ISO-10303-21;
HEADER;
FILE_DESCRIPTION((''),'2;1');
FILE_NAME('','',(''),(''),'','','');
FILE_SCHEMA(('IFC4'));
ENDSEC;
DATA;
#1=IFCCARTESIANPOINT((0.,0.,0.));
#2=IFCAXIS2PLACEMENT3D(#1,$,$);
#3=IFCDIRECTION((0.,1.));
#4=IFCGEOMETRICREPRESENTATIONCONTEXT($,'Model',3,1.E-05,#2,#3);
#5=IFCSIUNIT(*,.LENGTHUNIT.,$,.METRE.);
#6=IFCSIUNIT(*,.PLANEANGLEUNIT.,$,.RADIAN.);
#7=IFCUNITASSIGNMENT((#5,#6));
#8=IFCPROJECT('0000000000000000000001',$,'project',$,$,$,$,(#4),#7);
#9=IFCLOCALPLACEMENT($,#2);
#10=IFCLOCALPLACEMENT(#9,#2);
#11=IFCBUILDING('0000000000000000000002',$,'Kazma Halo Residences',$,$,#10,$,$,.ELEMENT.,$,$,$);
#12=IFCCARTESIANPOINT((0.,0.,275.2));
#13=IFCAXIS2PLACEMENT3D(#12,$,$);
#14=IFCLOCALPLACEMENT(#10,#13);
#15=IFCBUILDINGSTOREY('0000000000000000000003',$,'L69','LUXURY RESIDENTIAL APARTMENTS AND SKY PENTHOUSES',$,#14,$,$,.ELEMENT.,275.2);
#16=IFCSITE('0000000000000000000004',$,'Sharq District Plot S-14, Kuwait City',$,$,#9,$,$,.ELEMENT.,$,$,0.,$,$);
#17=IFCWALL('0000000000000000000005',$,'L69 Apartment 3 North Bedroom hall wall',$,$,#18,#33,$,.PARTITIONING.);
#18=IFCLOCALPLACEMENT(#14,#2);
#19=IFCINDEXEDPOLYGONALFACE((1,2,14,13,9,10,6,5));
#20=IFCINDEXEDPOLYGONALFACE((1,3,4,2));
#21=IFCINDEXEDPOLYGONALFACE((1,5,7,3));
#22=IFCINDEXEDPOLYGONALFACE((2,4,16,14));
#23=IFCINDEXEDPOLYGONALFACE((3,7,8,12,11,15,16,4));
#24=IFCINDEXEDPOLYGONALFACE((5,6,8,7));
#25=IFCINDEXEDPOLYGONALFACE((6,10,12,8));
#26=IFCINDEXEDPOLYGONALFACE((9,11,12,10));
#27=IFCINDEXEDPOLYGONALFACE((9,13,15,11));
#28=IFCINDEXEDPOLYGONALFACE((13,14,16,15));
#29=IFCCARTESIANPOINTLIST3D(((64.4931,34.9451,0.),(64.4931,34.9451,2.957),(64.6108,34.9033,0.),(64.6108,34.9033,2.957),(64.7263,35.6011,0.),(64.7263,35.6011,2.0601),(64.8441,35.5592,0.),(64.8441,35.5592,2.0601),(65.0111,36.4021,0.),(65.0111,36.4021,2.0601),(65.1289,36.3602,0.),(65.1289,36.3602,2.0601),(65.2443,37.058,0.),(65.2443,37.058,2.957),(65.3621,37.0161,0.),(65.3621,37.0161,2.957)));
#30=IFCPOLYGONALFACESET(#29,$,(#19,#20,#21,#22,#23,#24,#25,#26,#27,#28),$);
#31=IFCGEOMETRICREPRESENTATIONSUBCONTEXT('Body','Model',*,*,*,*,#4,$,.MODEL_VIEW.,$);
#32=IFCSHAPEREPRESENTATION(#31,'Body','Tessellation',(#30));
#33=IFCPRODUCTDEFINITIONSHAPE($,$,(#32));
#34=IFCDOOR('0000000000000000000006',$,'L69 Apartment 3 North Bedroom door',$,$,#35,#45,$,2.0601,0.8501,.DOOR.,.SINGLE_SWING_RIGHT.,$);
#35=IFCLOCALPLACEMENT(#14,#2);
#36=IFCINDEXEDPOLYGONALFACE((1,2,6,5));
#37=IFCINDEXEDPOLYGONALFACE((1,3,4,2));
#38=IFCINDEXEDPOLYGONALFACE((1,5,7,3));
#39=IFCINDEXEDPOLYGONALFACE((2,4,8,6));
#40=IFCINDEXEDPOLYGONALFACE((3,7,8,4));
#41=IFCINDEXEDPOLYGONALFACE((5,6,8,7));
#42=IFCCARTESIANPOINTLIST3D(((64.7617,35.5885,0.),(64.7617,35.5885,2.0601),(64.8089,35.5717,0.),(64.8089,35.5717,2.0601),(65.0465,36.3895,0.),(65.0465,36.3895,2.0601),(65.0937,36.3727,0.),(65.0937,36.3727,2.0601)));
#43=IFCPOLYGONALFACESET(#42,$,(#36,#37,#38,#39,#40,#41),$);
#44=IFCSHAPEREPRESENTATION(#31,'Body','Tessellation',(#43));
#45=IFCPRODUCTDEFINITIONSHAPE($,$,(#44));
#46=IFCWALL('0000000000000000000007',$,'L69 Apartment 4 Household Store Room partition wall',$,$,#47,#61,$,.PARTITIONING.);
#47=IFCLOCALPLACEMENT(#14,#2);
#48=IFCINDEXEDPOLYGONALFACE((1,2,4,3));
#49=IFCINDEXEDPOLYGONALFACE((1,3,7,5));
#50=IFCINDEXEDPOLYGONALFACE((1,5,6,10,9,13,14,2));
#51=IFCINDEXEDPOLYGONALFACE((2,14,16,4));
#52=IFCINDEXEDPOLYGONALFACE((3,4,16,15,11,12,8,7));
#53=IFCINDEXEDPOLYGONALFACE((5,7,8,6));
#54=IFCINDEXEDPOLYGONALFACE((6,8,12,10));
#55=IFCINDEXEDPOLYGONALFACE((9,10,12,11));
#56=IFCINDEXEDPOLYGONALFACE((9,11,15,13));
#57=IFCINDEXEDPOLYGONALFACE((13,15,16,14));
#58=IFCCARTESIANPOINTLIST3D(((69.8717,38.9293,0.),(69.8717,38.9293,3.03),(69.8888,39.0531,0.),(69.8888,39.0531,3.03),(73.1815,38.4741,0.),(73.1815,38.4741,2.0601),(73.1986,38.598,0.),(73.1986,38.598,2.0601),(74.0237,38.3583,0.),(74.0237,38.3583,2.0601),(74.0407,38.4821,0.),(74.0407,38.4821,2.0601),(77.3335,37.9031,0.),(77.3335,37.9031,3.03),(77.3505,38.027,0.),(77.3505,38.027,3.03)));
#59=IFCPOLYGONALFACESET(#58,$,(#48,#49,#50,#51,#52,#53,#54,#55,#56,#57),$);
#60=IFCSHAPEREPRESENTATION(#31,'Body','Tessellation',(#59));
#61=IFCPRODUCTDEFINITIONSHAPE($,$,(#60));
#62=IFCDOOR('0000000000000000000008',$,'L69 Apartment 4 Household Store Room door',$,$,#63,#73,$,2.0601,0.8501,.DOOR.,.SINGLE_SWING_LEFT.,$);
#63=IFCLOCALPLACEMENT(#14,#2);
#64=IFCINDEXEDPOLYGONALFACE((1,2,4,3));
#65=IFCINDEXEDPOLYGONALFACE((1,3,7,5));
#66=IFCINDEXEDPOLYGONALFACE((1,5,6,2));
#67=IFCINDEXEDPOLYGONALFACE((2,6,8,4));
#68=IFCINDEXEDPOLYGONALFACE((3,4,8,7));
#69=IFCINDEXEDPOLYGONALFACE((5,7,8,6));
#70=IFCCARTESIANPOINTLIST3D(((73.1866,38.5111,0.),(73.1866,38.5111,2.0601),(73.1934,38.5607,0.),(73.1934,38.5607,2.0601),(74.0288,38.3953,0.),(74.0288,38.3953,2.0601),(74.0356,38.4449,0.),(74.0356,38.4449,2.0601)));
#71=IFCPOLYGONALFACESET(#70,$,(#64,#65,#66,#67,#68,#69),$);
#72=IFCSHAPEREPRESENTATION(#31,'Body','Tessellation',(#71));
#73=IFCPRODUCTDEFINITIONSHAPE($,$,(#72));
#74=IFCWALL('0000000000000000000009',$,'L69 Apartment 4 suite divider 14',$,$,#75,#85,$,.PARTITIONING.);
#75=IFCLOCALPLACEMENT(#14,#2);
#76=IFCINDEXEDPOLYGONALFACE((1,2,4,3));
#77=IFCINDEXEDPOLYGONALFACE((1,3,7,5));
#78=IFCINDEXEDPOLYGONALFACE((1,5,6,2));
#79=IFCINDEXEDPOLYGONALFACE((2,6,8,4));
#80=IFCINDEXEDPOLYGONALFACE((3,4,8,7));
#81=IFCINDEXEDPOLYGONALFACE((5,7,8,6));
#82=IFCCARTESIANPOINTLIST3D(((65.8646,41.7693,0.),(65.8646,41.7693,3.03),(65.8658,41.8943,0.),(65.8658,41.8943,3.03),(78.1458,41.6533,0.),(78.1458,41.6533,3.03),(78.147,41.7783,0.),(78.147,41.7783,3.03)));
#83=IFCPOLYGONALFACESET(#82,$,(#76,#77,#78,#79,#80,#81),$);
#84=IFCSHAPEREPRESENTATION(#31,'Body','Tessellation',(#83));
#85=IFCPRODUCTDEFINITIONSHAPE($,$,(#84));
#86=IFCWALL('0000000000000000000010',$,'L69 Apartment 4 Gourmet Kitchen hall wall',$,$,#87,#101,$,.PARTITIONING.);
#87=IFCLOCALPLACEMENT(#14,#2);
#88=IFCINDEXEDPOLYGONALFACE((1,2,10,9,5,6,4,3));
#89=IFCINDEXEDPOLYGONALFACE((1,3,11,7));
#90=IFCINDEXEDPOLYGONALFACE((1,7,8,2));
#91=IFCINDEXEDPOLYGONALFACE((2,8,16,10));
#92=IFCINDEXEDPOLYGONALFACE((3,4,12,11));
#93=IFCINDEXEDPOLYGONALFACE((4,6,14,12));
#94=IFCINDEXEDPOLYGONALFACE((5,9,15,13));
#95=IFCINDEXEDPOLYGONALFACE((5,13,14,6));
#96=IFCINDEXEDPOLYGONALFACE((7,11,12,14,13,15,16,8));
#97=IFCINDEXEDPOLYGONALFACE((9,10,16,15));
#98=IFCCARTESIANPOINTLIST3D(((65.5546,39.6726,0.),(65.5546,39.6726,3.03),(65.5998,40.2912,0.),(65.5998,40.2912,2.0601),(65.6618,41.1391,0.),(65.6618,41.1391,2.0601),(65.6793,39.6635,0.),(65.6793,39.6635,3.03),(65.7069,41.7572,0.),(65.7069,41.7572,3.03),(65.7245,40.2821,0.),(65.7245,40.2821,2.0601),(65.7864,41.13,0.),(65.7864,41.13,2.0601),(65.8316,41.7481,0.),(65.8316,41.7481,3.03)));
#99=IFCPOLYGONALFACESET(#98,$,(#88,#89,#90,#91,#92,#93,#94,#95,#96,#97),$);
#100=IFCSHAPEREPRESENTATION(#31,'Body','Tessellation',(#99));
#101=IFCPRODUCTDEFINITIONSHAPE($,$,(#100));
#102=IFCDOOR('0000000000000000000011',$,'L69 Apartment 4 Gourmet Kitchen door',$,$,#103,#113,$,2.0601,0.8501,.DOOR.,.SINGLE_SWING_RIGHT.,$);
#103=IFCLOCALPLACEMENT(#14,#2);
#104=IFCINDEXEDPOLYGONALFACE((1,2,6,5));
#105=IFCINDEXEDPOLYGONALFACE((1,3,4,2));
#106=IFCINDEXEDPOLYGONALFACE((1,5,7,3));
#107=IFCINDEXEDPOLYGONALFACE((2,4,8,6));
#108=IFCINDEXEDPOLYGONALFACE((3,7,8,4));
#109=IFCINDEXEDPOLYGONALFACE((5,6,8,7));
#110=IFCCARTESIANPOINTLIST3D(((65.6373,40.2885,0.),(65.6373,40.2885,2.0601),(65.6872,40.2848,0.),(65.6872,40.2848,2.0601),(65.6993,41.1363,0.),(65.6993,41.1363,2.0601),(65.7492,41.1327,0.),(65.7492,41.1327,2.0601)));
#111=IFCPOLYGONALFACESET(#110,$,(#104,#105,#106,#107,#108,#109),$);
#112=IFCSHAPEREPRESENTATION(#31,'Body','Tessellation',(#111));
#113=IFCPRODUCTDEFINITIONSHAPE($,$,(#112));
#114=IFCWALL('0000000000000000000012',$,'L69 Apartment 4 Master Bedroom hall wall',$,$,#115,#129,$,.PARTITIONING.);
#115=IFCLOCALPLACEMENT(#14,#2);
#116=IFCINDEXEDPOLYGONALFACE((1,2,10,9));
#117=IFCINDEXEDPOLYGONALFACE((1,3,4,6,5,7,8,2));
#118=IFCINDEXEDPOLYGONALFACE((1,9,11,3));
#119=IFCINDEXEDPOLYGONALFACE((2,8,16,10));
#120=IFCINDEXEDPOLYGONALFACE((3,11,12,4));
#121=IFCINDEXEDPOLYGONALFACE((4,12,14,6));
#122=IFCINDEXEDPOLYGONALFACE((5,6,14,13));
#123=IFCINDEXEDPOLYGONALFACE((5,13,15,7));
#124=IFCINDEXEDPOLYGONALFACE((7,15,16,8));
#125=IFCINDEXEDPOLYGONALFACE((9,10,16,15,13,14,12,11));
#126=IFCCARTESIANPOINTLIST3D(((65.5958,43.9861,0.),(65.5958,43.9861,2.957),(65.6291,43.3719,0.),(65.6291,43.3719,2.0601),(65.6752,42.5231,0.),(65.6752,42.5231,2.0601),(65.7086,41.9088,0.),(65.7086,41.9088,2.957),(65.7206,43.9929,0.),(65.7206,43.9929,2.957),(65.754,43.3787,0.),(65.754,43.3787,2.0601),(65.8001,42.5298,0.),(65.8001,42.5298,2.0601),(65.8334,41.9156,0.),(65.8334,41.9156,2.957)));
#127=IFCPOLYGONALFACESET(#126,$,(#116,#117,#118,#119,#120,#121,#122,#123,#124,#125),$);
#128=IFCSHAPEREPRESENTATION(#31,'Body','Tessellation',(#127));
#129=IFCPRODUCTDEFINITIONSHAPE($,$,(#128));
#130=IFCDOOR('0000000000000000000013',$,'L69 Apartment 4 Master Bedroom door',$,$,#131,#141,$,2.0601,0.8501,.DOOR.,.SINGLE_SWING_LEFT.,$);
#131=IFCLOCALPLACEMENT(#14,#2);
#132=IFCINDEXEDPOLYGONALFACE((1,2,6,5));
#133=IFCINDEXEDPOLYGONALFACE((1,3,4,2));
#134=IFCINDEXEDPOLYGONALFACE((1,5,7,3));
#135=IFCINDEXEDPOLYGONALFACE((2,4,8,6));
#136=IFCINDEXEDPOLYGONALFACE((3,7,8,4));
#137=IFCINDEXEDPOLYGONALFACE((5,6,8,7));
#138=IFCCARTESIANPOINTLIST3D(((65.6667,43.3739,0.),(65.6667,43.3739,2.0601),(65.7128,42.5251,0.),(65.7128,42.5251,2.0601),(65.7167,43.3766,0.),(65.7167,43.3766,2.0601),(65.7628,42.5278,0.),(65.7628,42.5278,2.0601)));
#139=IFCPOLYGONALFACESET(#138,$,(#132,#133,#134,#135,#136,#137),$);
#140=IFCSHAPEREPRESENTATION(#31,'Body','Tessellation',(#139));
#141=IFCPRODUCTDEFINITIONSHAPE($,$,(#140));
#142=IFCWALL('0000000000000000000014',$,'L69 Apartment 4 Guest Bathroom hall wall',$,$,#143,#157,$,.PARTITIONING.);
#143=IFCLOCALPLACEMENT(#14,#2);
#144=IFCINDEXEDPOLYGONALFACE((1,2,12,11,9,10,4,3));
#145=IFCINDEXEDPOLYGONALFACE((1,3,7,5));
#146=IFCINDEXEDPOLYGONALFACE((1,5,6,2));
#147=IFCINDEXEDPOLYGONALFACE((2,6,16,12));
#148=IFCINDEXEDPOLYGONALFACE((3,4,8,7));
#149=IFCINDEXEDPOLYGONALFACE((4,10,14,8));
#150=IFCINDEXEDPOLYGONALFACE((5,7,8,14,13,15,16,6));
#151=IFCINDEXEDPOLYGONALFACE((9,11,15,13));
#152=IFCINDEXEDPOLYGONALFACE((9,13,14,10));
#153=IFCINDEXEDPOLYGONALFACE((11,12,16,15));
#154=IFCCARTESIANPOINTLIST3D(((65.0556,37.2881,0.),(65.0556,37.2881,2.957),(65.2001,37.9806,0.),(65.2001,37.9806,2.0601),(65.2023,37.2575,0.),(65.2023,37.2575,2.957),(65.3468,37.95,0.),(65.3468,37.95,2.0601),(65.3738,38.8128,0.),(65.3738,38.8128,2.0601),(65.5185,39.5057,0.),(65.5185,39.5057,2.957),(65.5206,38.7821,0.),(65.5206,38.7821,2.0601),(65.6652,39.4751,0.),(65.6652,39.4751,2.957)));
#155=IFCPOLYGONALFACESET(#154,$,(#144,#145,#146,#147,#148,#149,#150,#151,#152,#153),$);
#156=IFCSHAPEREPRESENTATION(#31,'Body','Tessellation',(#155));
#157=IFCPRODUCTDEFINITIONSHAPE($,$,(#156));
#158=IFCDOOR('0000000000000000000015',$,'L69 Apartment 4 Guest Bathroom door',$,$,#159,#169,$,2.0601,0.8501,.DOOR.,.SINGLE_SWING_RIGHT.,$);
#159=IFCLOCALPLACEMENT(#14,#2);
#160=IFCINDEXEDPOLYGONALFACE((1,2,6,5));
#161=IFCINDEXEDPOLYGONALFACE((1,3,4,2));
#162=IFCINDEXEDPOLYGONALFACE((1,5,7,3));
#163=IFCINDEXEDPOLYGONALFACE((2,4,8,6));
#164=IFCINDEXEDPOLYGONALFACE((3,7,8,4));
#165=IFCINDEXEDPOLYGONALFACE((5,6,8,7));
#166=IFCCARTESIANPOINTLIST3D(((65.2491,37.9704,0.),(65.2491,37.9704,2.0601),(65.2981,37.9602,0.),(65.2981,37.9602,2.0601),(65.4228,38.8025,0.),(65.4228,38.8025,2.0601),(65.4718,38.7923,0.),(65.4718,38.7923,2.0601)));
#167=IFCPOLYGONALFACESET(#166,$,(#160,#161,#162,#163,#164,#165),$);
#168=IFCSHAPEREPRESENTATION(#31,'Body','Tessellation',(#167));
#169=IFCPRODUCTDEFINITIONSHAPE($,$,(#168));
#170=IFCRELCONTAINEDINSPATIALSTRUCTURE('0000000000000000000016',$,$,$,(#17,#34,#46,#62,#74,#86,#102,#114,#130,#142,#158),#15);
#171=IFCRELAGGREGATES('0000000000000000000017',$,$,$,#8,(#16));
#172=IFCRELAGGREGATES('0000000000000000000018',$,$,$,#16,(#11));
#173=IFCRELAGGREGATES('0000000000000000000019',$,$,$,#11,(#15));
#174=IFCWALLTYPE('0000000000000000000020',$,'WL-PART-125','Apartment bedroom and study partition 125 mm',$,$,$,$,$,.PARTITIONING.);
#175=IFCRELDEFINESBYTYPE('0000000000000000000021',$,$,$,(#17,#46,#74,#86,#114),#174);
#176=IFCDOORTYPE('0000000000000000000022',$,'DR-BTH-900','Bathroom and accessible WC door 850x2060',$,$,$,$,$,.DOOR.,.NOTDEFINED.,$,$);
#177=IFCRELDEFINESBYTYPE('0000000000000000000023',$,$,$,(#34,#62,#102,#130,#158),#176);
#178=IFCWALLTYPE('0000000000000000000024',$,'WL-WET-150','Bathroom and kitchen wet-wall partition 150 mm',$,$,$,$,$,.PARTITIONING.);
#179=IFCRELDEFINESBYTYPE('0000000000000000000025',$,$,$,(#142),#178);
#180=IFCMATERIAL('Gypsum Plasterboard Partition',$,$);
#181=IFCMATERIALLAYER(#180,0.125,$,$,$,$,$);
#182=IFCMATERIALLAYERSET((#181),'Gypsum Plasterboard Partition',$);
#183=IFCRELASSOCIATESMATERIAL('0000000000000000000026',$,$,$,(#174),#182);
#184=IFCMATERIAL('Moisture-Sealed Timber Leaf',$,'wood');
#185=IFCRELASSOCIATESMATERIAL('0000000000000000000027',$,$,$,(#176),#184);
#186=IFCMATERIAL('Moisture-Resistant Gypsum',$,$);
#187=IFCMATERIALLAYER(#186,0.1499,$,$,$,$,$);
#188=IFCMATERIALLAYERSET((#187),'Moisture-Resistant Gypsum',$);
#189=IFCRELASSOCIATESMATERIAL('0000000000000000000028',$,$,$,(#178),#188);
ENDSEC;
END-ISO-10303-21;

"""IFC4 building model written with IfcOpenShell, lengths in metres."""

from ifc_helpers import new_model, si_unit, direction, frame, frame_2d, origin, place, context, subcontext, project, spatial, rectangle, extrude, material, layer, layer_set, type_object, element, fill, save


model = new_model("IFC4")

# Units and contexts
model_context = context("Model", 3, precision=1e-05, world=origin(), true_north=direction((0.0, 1.0)))
body_context = subcontext(model_context, "Body", "Model", "MODEL_VIEW")
ifc_project = project(units=[si_unit("LENGTHUNIT", "METRE"), si_unit("PLANEANGLEUNIT", "RADIAN")], contexts=[model_context])

# Site, building, storey
site_placement = place(None, origin())
site = spatial("IfcSite", under=ifc_project, at=site_placement, Name="Sharq District Plot S-14, Kuwait City", CompositionType="ELEMENT", RefElevation=0.0)
building_placement = place(site_placement, origin())
building = spatial("IfcBuilding", under=site, at=building_placement, Name="Kazma Halo Residences", CompositionType="ELEMENT")
storey_placement = place(building_placement, frame((0.0, 0.0, 275.2)))
storey = spatial("IfcBuildingStorey", under=building, at=storey_placement, Name="L69", Description="LUXURY RESIDENTIAL APARTMENTS AND SKY PENTHOUSES", CompositionType="ELEMENT", Elevation=275.2)

# Shared definitions
ifc_material_1 = material(Name="Gypsum Plasterboard Partition")
ifc_layer_1 = layer(ifc_material_1, 0.125)
ifc_layer_set_1 = layer_set([ifc_layer_1], Name="Gypsum Plasterboard Partition")
wall_type_1 = type_object("IfcWallType", Name="WL-PART-125", Description="Apartment bedroom and study partition 125 mm", PredefinedType="PARTITIONING", material=ifc_layer_set_1)

# Walls, openings, doors
wall_1_placement = place(storey_placement, frame((64.552, 34.9243, 0.0), z_axis=(0.0, 0.0, 1.0), x_axis=(0.335012, 0.942214, 0.0)))
wall_1 = element("IfcWall", 1, at=wall_1_placement, inside=storey, type_object=wall_type_1, Name="L69 Apartment 3 North Bedroom hall wall", PredefinedType="PARTITIONING", context=body_context, shape_type="SweptSolid", body=[
    extrude(rectangle(XDim=2.2424, YDim=0.125, at=frame_2d((1.1211, 0.0))), origin(), (0.0, 0.0, 1.0), 2.957),
])
opening_1_placement = place(wall_1_placement, frame((0.696, 0.0, 0.0)))
opening_1 = element("IfcOpeningElement", 2, at=opening_1_placement, cuts=wall_1, PredefinedType="OPENING", context=body_context, shape_type="SweptSolid", body=[
    extrude(rectangle(XDim=0.8501, YDim=2.0601, at=frame_2d((0.425, 1.03))), frame((0.0, 0.0725, 0.0), z_axis=(0.0, -1.0, 0.0), x_axis=(1.0, 0.0, 0.0)), (0.0, 0.0, 1.0), 0.145),
])
ifc_material_2 = material(Name="Moisture-Sealed Timber Leaf", Category="wood")
door_type = type_object("IfcDoorType", Name="DR-BTH-900", Description="Bathroom and accessible WC door 850x2060", OperationType="NOTDEFINED", PredefinedType="DOOR", material=ifc_material_2)
door_1_placement = place(opening_1_placement, origin())
door_1 = element("IfcDoor", 3, at=door_1_placement, inside=storey, type_object=door_type, Name="L69 Apartment 3 North Bedroom door", OperationType="SINGLE_SWING_RIGHT", OverallHeight=2.0601, OverallWidth=0.8501, PredefinedType="DOOR", context=body_context, shape_type="SweptSolid", body=[
    extrude(rectangle(XDim=0.8501, YDim=2.0601, at=frame_2d((0.425, 1.03))), frame((0.0, 0.0249, 0.0), z_axis=(0.0, -1.0, 0.0), x_axis=(1.0, 0.0, 0.0)), (0.0, 0.0, 1.0), 0.05),
])
fill(opening_1, door_1)
wall_2_placement = place(storey_placement, frame((69.8801, 38.9912, 0.0), z_axis=(0.0, 0.0, 1.0), x_axis=(0.990676, -0.136237, 0.0)))
wall_2 = element("IfcWall", 4, at=wall_2_placement, inside=storey, type_object=wall_type_1, Name="L69 Apartment 4 Household Store Room partition wall", PredefinedType="PARTITIONING", context=body_context, shape_type="SweptSolid", body=[
    extrude(rectangle(XDim=7.532, YDim=0.125, at=frame_2d((3.7661, 0.0))), origin(), (0.0, 0.0, 1.0), 3.03),
])
opening_2_placement = place(wall_2_placement, frame((3.3411, 0.0, 0.0)))
opening_2 = element("IfcOpeningElement", 5, at=opening_2_placement, cuts=wall_2, PredefinedType="OPENING", context=body_context, shape_type="SweptSolid", body=[
    extrude(rectangle(XDim=0.8501, YDim=2.0601, at=frame_2d((0.425, 1.03))), frame((0.0, 0.0725, 0.0), z_axis=(0.0, -1.0, 0.0), x_axis=(1.0, 0.0, 0.0)), (0.0, 0.0, 1.0), 0.145),
])
door_2_placement = place(opening_2_placement, origin())
door_2 = element("IfcDoor", 6, at=door_2_placement, inside=storey, type_object=door_type, Name="L69 Apartment 4 Household Store Room door", OperationType="SINGLE_SWING_LEFT", OverallHeight=2.0601, OverallWidth=0.8501, PredefinedType="DOOR", context=body_context, shape_type="SweptSolid", body=[
    extrude(rectangle(XDim=0.8501, YDim=2.0601, at=frame_2d((0.425, 1.03))), frame((0.0, 0.0249, 0.0), z_axis=(0.0, -1.0, 0.0), x_axis=(1.0, 0.0, 0.0)), (0.0, 0.0, 1.0), 0.05),
])
fill(opening_2, door_2)

# Wall
wall_3_placement = place(storey_placement, frame((65.8652, 41.8318, 0.0), z_axis=(0.0, 0.0, 1.0), x_axis=(0.999955, -0.009442, 0.0)))
element("IfcWall", 7, at=wall_3_placement, inside=storey, type_object=wall_type_1, Name="L69 Apartment 4 suite divider 14", PredefinedType="PARTITIONING", context=body_context, shape_type="SweptSolid", body=[
    extrude(rectangle(XDim=12.2817, YDim=0.125, at=frame_2d((6.1409, 0.0))), origin(), (0.0, 0.0, 1.0), 3.03),
])

# Walls, openings, doors
wall_4_placement = place(storey_placement, frame((65.6169, 39.6682, 0.0), z_axis=(0.0, 0.0, 1.0), x_axis=(0.072891, 0.99734, 0.0)))
wall_4 = element("IfcWall", 8, at=wall_4_placement, inside=storey, type_object=wall_type_1, Name="L69 Apartment 4 Gourmet Kitchen hall wall", PredefinedType="PARTITIONING", context=body_context, shape_type="SweptSolid", body=[
    extrude(rectangle(XDim=2.0901, YDim=0.125, at=frame_2d((1.0449, 0.0))), origin(), (0.0, 0.0, 1.0), 3.03),
])
opening_3_placement = place(wall_4_placement, frame((0.6201, 0.0, 0.0)))
opening_3 = element("IfcOpeningElement", 9, at=opening_3_placement, cuts=wall_4, PredefinedType="OPENING", context=body_context, shape_type="SweptSolid", body=[
    extrude(rectangle(XDim=0.8501, YDim=2.0601, at=frame_2d((0.425, 1.03))), frame((0.0, 0.0725, 0.0), z_axis=(0.0, -1.0, 0.0), x_axis=(1.0, 0.0, 0.0)), (0.0, 0.0, 1.0), 0.145),
])
door_3_placement = place(opening_3_placement, origin())
door_3 = element("IfcDoor", 10, at=door_3_placement, inside=storey, type_object=door_type, Name="L69 Apartment 4 Gourmet Kitchen door", OperationType="SINGLE_SWING_RIGHT", OverallHeight=2.0601, OverallWidth=0.8501, PredefinedType="DOOR", context=body_context, shape_type="SweptSolid", body=[
    extrude(rectangle(XDim=0.8501, YDim=2.0601, at=frame_2d((0.425, 1.03))), frame((0.0, 0.0249, 0.0), z_axis=(0.0, -1.0, 0.0), x_axis=(1.0, 0.0, 0.0)), (0.0, 0.0, 1.0), 0.05),
])
fill(opening_3, door_3)
wall_5_placement = place(storey_placement, frame((65.771, 41.9124, 0.0), z_axis=(0.0, 0.0, 1.0), x_axis=(-0.054222, 0.998529, 0.0)))
wall_5 = element("IfcWall", 11, at=wall_5_placement, inside=storey, type_object=wall_type_1, Name="L69 Apartment 4 Master Bedroom hall wall", PredefinedType="PARTITIONING", context=body_context, shape_type="SweptSolid", body=[
    extrude(rectangle(XDim=2.0803, YDim=0.125, at=frame_2d((1.04, 0.0))), origin(), (0.0, 0.0, 1.0), 2.957),
])
opening_4_placement = place(wall_5_placement, frame((0.615, 0.0, 0.0)))
opening_4 = element("IfcOpeningElement", 12, at=opening_4_placement, cuts=wall_5, PredefinedType="OPENING", context=body_context, shape_type="SweptSolid", body=[
    extrude(rectangle(XDim=0.8501, YDim=2.0601, at=frame_2d((0.425, 1.03))), frame((0.0, 0.0725, 0.0), z_axis=(0.0, -1.0, 0.0), x_axis=(1.0, 0.0, 0.0)), (0.0, 0.0, 1.0), 0.145),
])
door_4_placement = place(opening_4_placement, origin())
door_4 = element("IfcDoor", 13, at=door_4_placement, inside=storey, type_object=door_type, Name="L69 Apartment 4 Master Bedroom door", OperationType="SINGLE_SWING_LEFT", OverallHeight=2.0601, OverallWidth=0.8501, PredefinedType="DOOR", context=body_context, shape_type="SweptSolid", body=[
    extrude(rectangle(XDim=0.8501, YDim=2.0601, at=frame_2d((0.425, 1.03))), frame((0.0, 0.0249, 0.0), z_axis=(0.0, -1.0, 0.0), x_axis=(1.0, 0.0, 0.0)), (0.0, 0.0, 1.0), 0.05),
])
fill(opening_4, door_4)
ifc_material_3 = material(Name="Moisture-Resistant Gypsum")
ifc_layer_2 = layer(ifc_material_3, 0.1499)
ifc_layer_set_2 = layer_set([ifc_layer_2], Name="Moisture-Resistant Gypsum")
wall_type_2 = type_object("IfcWallType", Name="WL-WET-150", Description="Bathroom and kitchen wet-wall partition 150 mm", PredefinedType="PARTITIONING", material=ifc_layer_set_2)
wall_6_placement = place(storey_placement, frame((65.1289, 37.2727, 0.0), z_axis=(0.0, 0.0, 1.0), x_axis=(0.204337, 0.978901, 0.0)))
wall_6 = element("IfcWall", 14, at=wall_6_placement, inside=storey, type_object=wall_type_2, Name="L69 Apartment 4 Guest Bathroom hall wall", PredefinedType="PARTITIONING", context=body_context, shape_type="SweptSolid", body=[
    extrude(rectangle(XDim=2.2654, YDim=0.1499, at=frame_2d((1.1328, 0.0))), origin(), (0.0, 0.0, 1.0), 2.957),
])
opening_5_placement = place(wall_6_placement, frame((0.7075, 0.0, 0.0)))
opening_5 = element("IfcOpeningElement", 15, at=opening_5_placement, cuts=wall_6, PredefinedType="OPENING", context=body_context, shape_type="SweptSolid", body=[
    extrude(rectangle(XDim=0.8501, YDim=2.0601, at=frame_2d((0.425, 1.03))), frame((0.0, 0.085, 0.0), z_axis=(0.0, -1.0, 0.0), x_axis=(1.0, 0.0, 0.0)), (0.0, 0.0, 1.0), 0.1699),
])
door_5_placement = place(opening_5_placement, origin())
door_5 = element("IfcDoor", 16, at=door_5_placement, inside=storey, type_object=door_type, Name="L69 Apartment 4 Guest Bathroom door", OperationType="SINGLE_SWING_RIGHT", OverallHeight=2.0601, OverallWidth=0.8501, PredefinedType="DOOR", context=body_context, shape_type="SweptSolid", body=[
    extrude(rectangle(XDim=0.8501, YDim=2.0601, at=frame_2d((0.425, 1.03))), frame((0.0, 0.0249, 0.0), z_axis=(0.0, -1.0, 0.0), x_axis=(1.0, 0.0, 0.0)), (0.0, 0.0, 1.0), 0.05),
])
fill(opening_5, door_5)

save(model, "model.ifc")
